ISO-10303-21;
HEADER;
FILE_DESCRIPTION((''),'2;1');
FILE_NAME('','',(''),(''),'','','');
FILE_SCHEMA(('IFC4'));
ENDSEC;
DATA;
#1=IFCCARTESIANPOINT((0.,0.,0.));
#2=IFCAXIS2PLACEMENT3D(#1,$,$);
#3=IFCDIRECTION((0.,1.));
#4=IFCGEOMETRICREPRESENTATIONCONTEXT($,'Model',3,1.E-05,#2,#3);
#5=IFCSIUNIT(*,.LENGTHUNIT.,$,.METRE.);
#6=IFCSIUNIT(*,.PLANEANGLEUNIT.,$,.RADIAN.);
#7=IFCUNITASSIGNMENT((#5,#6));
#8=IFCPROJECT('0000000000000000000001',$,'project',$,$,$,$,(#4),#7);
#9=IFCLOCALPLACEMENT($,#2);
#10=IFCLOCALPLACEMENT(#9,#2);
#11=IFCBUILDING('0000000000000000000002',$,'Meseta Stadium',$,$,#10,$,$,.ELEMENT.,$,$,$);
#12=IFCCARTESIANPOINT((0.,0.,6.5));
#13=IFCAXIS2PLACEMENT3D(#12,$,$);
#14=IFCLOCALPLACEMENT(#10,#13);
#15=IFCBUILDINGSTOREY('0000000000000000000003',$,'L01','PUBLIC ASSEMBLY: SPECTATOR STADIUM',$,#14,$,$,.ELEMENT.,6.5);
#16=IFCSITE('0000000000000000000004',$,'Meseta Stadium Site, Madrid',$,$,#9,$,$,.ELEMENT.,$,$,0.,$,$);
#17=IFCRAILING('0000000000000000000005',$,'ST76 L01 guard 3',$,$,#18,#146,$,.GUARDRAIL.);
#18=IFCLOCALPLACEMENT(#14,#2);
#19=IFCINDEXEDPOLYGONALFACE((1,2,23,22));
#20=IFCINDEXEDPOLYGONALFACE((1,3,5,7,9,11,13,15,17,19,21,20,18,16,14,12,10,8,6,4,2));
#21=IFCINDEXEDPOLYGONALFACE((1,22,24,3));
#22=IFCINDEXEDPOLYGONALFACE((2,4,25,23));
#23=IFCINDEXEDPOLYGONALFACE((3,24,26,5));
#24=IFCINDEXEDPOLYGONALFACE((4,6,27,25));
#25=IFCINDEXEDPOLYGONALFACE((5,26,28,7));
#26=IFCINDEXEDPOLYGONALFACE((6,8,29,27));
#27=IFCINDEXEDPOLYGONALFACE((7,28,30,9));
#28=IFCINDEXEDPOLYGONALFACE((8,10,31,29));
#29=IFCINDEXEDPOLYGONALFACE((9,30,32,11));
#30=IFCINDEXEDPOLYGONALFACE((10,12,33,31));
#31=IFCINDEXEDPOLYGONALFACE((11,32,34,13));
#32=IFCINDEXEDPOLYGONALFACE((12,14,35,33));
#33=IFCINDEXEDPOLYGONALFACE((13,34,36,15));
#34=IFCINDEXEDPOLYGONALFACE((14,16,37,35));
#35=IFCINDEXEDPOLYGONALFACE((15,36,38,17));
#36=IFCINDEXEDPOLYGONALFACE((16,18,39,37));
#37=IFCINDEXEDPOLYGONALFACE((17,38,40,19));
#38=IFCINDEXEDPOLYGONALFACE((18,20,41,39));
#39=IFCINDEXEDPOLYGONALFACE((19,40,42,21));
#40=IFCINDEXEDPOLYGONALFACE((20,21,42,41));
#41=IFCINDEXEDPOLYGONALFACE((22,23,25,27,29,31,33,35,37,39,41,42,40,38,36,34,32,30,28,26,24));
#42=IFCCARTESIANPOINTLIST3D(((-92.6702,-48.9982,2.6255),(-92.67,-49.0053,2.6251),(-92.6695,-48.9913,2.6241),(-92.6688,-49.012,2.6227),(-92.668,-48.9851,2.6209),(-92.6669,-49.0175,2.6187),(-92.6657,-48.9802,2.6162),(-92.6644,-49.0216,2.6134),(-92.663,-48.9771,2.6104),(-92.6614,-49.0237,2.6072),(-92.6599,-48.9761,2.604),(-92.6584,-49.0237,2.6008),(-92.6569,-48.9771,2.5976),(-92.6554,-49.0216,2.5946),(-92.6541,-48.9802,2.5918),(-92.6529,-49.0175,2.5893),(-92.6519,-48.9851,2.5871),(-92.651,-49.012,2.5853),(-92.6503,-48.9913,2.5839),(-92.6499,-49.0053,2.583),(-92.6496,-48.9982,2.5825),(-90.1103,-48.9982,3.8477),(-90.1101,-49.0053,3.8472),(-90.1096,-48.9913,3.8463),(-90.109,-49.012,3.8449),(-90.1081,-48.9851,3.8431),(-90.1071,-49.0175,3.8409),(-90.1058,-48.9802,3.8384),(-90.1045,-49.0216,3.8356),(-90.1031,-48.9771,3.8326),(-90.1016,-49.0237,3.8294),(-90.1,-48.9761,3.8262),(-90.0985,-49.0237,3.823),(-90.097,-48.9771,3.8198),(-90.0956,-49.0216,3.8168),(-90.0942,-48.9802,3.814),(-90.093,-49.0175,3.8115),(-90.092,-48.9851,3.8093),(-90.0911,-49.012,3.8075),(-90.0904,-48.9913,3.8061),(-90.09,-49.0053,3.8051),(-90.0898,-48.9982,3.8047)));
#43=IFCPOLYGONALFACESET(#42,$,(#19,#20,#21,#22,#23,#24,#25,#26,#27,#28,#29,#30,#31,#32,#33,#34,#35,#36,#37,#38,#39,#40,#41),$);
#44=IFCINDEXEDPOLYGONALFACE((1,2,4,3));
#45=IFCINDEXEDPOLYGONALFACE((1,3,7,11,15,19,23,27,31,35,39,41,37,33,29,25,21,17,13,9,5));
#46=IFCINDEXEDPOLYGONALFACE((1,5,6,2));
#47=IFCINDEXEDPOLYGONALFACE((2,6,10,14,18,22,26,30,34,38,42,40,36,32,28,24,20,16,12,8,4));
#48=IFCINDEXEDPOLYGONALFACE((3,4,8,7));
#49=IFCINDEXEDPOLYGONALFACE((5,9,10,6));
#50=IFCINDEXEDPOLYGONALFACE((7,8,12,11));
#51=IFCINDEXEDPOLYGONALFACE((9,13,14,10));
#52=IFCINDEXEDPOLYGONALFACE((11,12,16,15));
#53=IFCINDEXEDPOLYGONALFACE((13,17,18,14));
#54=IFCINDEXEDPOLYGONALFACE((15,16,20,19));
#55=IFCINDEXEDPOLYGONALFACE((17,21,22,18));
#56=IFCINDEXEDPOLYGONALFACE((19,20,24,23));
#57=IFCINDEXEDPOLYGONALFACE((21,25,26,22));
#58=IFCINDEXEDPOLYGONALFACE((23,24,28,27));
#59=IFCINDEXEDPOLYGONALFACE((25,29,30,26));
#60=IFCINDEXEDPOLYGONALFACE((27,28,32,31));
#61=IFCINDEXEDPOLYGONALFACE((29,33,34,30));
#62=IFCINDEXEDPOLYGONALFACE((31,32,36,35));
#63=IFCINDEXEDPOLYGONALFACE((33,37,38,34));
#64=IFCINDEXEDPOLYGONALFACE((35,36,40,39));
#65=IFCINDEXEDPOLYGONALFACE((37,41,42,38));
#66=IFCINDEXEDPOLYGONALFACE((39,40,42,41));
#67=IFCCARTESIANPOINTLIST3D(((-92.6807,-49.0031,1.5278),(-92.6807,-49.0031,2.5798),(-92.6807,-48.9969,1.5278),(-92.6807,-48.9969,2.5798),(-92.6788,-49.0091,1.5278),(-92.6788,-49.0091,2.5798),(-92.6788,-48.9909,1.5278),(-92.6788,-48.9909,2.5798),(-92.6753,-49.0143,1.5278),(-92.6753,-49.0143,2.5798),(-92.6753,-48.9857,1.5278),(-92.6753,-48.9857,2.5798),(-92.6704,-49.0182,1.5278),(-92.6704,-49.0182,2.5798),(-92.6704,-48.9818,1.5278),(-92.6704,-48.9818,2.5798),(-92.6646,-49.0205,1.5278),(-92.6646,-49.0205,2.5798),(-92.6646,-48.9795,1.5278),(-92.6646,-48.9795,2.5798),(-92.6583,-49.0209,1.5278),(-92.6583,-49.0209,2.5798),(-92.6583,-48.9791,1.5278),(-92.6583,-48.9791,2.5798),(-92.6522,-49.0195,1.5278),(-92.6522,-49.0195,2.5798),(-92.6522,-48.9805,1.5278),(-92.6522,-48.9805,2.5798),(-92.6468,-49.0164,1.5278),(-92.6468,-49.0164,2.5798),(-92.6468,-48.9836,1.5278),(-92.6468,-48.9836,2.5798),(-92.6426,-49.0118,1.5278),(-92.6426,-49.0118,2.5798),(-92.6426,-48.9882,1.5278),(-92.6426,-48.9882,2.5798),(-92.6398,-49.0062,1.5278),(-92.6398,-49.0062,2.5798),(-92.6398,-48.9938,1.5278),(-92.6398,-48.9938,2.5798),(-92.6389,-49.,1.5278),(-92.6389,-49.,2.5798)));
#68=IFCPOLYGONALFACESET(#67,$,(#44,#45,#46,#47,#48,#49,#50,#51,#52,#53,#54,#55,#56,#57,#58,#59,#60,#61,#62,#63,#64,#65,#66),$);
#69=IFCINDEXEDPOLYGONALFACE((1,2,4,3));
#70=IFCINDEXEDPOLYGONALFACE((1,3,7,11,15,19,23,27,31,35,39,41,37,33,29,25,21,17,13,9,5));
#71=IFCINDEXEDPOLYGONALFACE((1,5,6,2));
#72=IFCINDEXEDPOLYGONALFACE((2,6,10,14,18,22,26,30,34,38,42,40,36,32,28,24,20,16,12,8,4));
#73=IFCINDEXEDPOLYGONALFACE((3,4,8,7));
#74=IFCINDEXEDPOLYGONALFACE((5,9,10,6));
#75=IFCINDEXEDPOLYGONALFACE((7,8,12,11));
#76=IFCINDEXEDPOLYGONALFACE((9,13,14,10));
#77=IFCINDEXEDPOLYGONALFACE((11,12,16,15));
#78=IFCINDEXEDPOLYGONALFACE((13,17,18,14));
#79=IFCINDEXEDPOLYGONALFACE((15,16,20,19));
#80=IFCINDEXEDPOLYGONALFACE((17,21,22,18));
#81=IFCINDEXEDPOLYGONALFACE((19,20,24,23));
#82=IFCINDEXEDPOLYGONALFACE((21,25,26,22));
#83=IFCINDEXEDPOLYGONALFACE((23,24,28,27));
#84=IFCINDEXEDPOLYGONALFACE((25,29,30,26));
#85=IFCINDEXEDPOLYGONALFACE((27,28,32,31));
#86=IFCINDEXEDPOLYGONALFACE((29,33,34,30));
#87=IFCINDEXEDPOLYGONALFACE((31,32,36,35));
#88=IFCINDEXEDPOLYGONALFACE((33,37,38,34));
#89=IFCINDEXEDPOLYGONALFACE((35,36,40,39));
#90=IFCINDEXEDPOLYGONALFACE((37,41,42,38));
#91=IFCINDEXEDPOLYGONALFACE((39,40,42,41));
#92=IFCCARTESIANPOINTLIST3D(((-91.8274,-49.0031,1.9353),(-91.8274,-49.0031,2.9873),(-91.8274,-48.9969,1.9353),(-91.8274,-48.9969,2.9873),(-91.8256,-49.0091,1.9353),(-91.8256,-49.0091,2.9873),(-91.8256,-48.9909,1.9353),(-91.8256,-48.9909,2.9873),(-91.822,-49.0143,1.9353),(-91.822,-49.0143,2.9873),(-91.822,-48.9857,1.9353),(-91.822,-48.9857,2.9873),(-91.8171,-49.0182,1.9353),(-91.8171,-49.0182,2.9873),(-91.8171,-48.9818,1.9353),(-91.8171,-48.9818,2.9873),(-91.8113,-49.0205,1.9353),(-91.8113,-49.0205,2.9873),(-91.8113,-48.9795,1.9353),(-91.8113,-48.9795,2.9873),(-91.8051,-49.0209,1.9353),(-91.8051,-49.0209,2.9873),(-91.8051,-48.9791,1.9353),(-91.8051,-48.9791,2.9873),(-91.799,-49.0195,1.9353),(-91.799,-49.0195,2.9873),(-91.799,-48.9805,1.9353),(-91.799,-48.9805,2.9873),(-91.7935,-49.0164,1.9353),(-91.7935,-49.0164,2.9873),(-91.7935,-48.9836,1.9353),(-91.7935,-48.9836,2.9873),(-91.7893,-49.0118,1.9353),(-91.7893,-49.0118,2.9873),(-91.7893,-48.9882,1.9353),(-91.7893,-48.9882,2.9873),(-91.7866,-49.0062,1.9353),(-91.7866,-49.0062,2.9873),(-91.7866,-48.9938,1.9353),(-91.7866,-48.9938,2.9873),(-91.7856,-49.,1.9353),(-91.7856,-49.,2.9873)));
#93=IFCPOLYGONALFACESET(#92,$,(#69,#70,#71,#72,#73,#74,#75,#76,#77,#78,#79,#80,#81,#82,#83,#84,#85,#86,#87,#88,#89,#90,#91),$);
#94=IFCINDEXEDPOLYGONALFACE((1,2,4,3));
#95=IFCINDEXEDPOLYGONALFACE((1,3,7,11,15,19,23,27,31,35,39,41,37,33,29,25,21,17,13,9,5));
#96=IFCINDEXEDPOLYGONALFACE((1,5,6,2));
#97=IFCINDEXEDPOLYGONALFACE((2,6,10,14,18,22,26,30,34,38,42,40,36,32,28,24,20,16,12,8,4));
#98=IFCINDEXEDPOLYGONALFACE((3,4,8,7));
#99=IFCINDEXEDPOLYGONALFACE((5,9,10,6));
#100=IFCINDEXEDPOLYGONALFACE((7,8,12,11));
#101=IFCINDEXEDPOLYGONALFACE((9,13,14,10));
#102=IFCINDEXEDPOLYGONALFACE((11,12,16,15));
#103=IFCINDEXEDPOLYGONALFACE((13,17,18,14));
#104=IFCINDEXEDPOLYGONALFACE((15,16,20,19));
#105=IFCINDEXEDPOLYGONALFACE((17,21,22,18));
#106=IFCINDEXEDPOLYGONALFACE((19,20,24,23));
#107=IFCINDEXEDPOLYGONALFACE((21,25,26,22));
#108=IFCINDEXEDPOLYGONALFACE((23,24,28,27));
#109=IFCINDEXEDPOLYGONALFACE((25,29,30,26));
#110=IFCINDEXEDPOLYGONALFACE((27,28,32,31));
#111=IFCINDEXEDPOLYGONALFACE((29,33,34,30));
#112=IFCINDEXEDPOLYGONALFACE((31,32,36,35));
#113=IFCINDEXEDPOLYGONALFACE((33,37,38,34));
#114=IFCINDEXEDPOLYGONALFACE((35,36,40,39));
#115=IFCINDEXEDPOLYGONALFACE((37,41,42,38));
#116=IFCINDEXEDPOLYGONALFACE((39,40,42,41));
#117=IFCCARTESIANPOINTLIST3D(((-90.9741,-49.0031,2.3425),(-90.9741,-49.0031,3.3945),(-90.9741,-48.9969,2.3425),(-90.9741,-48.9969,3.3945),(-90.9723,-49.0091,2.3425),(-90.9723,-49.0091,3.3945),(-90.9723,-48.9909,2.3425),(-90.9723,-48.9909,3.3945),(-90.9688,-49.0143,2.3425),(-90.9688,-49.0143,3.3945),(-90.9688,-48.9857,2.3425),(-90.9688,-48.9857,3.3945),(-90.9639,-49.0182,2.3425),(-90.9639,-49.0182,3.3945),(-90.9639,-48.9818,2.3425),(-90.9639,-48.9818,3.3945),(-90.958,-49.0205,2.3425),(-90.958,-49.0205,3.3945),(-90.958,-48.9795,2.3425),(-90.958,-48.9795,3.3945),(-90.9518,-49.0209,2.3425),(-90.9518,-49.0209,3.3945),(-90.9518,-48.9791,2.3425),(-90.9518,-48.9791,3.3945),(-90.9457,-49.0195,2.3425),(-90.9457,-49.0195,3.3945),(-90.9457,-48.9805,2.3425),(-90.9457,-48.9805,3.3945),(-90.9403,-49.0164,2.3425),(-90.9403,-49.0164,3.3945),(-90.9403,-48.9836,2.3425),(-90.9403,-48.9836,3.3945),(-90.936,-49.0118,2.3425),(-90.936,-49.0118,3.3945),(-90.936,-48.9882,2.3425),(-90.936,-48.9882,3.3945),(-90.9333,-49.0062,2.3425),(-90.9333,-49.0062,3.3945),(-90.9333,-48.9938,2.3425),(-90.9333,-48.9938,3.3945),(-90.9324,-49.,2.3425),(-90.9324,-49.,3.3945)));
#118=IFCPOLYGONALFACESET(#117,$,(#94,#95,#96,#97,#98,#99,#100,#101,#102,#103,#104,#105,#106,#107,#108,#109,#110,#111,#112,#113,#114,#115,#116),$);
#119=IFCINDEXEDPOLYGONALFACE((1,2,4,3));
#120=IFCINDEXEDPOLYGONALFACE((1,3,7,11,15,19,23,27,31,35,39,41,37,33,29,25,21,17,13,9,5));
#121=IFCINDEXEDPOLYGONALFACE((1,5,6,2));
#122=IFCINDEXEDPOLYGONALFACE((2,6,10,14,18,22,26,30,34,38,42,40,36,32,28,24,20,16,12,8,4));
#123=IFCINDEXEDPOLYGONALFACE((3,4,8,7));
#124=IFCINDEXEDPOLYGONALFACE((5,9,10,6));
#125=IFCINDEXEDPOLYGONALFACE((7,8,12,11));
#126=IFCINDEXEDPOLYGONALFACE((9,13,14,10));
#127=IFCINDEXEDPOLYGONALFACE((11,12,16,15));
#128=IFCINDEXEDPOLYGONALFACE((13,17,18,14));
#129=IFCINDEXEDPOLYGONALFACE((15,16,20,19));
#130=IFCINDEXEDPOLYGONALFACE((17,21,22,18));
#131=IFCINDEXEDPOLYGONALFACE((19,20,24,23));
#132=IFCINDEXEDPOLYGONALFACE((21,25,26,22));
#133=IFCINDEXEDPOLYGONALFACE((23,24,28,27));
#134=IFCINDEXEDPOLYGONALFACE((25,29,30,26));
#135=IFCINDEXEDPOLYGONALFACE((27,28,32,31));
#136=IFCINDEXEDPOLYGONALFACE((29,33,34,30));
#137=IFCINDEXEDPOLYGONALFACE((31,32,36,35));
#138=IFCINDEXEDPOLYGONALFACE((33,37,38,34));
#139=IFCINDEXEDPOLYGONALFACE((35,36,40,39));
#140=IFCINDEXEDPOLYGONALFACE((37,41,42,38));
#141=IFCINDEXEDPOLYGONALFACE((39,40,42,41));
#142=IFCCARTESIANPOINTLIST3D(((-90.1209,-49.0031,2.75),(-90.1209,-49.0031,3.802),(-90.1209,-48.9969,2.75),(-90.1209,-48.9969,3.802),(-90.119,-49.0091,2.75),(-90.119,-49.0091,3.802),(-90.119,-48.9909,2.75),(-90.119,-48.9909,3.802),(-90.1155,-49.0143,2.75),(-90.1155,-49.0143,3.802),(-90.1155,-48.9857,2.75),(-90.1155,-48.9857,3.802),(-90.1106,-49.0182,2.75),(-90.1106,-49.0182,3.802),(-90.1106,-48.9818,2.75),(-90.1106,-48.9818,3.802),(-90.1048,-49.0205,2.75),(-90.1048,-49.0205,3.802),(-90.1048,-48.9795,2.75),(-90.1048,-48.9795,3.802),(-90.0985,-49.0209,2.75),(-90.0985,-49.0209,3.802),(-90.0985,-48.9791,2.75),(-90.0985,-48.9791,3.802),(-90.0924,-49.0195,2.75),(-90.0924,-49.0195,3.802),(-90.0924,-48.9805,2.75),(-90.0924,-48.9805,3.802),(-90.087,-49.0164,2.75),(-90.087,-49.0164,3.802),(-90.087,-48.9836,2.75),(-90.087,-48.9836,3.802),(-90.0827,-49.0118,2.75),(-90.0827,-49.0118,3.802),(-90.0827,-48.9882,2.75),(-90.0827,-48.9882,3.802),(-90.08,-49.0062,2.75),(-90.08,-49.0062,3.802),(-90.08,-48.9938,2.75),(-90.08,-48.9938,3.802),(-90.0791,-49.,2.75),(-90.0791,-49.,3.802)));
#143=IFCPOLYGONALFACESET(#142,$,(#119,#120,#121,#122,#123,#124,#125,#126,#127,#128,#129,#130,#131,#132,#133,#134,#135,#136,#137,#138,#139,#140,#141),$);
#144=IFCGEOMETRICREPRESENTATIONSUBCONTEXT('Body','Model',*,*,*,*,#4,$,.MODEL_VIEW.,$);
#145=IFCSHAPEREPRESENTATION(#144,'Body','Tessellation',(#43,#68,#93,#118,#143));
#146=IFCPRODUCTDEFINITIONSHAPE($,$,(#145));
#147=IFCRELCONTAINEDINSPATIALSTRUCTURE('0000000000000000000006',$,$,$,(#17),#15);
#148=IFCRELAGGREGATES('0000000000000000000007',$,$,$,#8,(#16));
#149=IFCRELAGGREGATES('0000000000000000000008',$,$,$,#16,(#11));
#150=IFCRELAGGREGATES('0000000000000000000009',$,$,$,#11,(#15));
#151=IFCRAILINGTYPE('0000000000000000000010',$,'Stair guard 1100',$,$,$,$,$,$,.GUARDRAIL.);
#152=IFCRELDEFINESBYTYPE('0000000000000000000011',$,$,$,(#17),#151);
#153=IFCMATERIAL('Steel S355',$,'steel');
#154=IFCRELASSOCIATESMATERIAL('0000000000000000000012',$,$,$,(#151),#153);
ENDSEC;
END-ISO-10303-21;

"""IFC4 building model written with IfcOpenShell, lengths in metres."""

from ifc_helpers import new_model, si_unit, direction, frame, origin, origin_2d, place, context, subcontext, project, spatial, circle, extrude, material, type_object, element, save


model = new_model("IFC4")

# Units and contexts
model_context = context("Model", 3, precision=1e-05, world=origin(), true_north=direction((0.0, 1.0)))
body_context = subcontext(model_context, "Body", "Model", "MODEL_VIEW")
ifc_project = project(units=[si_unit("LENGTHUNIT", "METRE"), si_unit("PLANEANGLEUNIT", "RADIAN")], contexts=[model_context])

# Site, building, storey
site_placement = place(None, origin())
site = spatial("IfcSite", under=ifc_project, at=site_placement, Name="Meseta Stadium Site, Madrid", CompositionType="ELEMENT", RefElevation=0.0)
building_placement = place(site_placement, origin())
building = spatial("IfcBuilding", under=site, at=building_placement, Name="Meseta Stadium", CompositionType="ELEMENT")
storey_placement = place(building_placement, frame((0.0, 0.0, 6.5)))
storey = spatial("IfcBuildingStorey", under=building, at=storey_placement, Name="L01", Description="PUBLIC ASSEMBLY: SPECTATOR STADIUM", CompositionType="ELEMENT", Elevation=6.5)

# Railing
ifc_material_1 = material(Name="Steel S355", Category="steel")
railing_type_1 = type_object("IfcRailingType", Name="Stair guard 1100", PredefinedType="GUARDRAIL", material=ifc_material_1)
railing_1_placement = place(storey_placement, frame((-92.6599, -49.0, 1.5278)))
element("IfcRailing", 1, at=railing_1_placement, inside=storey, type_object=railing_type_1, Name="ST76 L01 guard 3", PredefinedType="GUARDRAIL", context=body_context, shape_type="SweptSolid", body=[
    extrude(circle(Radius=0.0239, at=origin_2d()), frame((0.0, 0.0, 1.0762), z_axis=(0.902421, 0.0, 0.430855), x_axis=(0.0, 1.0, 0.0)), (0.0, 0.0, 1.0), 2.8367),
    extrude(circle(Radius=0.021, at=origin_2d()), origin(), (0.0, 0.0, 1.0), 1.052),
    extrude(circle(Radius=0.021, at=origin_2d()), frame((0.8533, 0.0, 0.4075)), (0.0, 0.0, 1.0), 1.052),
    extrude(circle(Radius=0.021, at=origin_2d()), frame((1.7065, 0.0, 0.8147)), (0.0, 0.0, 1.0), 1.052),
    extrude(circle(Radius=0.021, at=origin_2d()), frame((2.5598, 0.0, 1.2222)), (0.0, 0.0, 1.0), 1.052),
])

save(model, "model.ifc")
